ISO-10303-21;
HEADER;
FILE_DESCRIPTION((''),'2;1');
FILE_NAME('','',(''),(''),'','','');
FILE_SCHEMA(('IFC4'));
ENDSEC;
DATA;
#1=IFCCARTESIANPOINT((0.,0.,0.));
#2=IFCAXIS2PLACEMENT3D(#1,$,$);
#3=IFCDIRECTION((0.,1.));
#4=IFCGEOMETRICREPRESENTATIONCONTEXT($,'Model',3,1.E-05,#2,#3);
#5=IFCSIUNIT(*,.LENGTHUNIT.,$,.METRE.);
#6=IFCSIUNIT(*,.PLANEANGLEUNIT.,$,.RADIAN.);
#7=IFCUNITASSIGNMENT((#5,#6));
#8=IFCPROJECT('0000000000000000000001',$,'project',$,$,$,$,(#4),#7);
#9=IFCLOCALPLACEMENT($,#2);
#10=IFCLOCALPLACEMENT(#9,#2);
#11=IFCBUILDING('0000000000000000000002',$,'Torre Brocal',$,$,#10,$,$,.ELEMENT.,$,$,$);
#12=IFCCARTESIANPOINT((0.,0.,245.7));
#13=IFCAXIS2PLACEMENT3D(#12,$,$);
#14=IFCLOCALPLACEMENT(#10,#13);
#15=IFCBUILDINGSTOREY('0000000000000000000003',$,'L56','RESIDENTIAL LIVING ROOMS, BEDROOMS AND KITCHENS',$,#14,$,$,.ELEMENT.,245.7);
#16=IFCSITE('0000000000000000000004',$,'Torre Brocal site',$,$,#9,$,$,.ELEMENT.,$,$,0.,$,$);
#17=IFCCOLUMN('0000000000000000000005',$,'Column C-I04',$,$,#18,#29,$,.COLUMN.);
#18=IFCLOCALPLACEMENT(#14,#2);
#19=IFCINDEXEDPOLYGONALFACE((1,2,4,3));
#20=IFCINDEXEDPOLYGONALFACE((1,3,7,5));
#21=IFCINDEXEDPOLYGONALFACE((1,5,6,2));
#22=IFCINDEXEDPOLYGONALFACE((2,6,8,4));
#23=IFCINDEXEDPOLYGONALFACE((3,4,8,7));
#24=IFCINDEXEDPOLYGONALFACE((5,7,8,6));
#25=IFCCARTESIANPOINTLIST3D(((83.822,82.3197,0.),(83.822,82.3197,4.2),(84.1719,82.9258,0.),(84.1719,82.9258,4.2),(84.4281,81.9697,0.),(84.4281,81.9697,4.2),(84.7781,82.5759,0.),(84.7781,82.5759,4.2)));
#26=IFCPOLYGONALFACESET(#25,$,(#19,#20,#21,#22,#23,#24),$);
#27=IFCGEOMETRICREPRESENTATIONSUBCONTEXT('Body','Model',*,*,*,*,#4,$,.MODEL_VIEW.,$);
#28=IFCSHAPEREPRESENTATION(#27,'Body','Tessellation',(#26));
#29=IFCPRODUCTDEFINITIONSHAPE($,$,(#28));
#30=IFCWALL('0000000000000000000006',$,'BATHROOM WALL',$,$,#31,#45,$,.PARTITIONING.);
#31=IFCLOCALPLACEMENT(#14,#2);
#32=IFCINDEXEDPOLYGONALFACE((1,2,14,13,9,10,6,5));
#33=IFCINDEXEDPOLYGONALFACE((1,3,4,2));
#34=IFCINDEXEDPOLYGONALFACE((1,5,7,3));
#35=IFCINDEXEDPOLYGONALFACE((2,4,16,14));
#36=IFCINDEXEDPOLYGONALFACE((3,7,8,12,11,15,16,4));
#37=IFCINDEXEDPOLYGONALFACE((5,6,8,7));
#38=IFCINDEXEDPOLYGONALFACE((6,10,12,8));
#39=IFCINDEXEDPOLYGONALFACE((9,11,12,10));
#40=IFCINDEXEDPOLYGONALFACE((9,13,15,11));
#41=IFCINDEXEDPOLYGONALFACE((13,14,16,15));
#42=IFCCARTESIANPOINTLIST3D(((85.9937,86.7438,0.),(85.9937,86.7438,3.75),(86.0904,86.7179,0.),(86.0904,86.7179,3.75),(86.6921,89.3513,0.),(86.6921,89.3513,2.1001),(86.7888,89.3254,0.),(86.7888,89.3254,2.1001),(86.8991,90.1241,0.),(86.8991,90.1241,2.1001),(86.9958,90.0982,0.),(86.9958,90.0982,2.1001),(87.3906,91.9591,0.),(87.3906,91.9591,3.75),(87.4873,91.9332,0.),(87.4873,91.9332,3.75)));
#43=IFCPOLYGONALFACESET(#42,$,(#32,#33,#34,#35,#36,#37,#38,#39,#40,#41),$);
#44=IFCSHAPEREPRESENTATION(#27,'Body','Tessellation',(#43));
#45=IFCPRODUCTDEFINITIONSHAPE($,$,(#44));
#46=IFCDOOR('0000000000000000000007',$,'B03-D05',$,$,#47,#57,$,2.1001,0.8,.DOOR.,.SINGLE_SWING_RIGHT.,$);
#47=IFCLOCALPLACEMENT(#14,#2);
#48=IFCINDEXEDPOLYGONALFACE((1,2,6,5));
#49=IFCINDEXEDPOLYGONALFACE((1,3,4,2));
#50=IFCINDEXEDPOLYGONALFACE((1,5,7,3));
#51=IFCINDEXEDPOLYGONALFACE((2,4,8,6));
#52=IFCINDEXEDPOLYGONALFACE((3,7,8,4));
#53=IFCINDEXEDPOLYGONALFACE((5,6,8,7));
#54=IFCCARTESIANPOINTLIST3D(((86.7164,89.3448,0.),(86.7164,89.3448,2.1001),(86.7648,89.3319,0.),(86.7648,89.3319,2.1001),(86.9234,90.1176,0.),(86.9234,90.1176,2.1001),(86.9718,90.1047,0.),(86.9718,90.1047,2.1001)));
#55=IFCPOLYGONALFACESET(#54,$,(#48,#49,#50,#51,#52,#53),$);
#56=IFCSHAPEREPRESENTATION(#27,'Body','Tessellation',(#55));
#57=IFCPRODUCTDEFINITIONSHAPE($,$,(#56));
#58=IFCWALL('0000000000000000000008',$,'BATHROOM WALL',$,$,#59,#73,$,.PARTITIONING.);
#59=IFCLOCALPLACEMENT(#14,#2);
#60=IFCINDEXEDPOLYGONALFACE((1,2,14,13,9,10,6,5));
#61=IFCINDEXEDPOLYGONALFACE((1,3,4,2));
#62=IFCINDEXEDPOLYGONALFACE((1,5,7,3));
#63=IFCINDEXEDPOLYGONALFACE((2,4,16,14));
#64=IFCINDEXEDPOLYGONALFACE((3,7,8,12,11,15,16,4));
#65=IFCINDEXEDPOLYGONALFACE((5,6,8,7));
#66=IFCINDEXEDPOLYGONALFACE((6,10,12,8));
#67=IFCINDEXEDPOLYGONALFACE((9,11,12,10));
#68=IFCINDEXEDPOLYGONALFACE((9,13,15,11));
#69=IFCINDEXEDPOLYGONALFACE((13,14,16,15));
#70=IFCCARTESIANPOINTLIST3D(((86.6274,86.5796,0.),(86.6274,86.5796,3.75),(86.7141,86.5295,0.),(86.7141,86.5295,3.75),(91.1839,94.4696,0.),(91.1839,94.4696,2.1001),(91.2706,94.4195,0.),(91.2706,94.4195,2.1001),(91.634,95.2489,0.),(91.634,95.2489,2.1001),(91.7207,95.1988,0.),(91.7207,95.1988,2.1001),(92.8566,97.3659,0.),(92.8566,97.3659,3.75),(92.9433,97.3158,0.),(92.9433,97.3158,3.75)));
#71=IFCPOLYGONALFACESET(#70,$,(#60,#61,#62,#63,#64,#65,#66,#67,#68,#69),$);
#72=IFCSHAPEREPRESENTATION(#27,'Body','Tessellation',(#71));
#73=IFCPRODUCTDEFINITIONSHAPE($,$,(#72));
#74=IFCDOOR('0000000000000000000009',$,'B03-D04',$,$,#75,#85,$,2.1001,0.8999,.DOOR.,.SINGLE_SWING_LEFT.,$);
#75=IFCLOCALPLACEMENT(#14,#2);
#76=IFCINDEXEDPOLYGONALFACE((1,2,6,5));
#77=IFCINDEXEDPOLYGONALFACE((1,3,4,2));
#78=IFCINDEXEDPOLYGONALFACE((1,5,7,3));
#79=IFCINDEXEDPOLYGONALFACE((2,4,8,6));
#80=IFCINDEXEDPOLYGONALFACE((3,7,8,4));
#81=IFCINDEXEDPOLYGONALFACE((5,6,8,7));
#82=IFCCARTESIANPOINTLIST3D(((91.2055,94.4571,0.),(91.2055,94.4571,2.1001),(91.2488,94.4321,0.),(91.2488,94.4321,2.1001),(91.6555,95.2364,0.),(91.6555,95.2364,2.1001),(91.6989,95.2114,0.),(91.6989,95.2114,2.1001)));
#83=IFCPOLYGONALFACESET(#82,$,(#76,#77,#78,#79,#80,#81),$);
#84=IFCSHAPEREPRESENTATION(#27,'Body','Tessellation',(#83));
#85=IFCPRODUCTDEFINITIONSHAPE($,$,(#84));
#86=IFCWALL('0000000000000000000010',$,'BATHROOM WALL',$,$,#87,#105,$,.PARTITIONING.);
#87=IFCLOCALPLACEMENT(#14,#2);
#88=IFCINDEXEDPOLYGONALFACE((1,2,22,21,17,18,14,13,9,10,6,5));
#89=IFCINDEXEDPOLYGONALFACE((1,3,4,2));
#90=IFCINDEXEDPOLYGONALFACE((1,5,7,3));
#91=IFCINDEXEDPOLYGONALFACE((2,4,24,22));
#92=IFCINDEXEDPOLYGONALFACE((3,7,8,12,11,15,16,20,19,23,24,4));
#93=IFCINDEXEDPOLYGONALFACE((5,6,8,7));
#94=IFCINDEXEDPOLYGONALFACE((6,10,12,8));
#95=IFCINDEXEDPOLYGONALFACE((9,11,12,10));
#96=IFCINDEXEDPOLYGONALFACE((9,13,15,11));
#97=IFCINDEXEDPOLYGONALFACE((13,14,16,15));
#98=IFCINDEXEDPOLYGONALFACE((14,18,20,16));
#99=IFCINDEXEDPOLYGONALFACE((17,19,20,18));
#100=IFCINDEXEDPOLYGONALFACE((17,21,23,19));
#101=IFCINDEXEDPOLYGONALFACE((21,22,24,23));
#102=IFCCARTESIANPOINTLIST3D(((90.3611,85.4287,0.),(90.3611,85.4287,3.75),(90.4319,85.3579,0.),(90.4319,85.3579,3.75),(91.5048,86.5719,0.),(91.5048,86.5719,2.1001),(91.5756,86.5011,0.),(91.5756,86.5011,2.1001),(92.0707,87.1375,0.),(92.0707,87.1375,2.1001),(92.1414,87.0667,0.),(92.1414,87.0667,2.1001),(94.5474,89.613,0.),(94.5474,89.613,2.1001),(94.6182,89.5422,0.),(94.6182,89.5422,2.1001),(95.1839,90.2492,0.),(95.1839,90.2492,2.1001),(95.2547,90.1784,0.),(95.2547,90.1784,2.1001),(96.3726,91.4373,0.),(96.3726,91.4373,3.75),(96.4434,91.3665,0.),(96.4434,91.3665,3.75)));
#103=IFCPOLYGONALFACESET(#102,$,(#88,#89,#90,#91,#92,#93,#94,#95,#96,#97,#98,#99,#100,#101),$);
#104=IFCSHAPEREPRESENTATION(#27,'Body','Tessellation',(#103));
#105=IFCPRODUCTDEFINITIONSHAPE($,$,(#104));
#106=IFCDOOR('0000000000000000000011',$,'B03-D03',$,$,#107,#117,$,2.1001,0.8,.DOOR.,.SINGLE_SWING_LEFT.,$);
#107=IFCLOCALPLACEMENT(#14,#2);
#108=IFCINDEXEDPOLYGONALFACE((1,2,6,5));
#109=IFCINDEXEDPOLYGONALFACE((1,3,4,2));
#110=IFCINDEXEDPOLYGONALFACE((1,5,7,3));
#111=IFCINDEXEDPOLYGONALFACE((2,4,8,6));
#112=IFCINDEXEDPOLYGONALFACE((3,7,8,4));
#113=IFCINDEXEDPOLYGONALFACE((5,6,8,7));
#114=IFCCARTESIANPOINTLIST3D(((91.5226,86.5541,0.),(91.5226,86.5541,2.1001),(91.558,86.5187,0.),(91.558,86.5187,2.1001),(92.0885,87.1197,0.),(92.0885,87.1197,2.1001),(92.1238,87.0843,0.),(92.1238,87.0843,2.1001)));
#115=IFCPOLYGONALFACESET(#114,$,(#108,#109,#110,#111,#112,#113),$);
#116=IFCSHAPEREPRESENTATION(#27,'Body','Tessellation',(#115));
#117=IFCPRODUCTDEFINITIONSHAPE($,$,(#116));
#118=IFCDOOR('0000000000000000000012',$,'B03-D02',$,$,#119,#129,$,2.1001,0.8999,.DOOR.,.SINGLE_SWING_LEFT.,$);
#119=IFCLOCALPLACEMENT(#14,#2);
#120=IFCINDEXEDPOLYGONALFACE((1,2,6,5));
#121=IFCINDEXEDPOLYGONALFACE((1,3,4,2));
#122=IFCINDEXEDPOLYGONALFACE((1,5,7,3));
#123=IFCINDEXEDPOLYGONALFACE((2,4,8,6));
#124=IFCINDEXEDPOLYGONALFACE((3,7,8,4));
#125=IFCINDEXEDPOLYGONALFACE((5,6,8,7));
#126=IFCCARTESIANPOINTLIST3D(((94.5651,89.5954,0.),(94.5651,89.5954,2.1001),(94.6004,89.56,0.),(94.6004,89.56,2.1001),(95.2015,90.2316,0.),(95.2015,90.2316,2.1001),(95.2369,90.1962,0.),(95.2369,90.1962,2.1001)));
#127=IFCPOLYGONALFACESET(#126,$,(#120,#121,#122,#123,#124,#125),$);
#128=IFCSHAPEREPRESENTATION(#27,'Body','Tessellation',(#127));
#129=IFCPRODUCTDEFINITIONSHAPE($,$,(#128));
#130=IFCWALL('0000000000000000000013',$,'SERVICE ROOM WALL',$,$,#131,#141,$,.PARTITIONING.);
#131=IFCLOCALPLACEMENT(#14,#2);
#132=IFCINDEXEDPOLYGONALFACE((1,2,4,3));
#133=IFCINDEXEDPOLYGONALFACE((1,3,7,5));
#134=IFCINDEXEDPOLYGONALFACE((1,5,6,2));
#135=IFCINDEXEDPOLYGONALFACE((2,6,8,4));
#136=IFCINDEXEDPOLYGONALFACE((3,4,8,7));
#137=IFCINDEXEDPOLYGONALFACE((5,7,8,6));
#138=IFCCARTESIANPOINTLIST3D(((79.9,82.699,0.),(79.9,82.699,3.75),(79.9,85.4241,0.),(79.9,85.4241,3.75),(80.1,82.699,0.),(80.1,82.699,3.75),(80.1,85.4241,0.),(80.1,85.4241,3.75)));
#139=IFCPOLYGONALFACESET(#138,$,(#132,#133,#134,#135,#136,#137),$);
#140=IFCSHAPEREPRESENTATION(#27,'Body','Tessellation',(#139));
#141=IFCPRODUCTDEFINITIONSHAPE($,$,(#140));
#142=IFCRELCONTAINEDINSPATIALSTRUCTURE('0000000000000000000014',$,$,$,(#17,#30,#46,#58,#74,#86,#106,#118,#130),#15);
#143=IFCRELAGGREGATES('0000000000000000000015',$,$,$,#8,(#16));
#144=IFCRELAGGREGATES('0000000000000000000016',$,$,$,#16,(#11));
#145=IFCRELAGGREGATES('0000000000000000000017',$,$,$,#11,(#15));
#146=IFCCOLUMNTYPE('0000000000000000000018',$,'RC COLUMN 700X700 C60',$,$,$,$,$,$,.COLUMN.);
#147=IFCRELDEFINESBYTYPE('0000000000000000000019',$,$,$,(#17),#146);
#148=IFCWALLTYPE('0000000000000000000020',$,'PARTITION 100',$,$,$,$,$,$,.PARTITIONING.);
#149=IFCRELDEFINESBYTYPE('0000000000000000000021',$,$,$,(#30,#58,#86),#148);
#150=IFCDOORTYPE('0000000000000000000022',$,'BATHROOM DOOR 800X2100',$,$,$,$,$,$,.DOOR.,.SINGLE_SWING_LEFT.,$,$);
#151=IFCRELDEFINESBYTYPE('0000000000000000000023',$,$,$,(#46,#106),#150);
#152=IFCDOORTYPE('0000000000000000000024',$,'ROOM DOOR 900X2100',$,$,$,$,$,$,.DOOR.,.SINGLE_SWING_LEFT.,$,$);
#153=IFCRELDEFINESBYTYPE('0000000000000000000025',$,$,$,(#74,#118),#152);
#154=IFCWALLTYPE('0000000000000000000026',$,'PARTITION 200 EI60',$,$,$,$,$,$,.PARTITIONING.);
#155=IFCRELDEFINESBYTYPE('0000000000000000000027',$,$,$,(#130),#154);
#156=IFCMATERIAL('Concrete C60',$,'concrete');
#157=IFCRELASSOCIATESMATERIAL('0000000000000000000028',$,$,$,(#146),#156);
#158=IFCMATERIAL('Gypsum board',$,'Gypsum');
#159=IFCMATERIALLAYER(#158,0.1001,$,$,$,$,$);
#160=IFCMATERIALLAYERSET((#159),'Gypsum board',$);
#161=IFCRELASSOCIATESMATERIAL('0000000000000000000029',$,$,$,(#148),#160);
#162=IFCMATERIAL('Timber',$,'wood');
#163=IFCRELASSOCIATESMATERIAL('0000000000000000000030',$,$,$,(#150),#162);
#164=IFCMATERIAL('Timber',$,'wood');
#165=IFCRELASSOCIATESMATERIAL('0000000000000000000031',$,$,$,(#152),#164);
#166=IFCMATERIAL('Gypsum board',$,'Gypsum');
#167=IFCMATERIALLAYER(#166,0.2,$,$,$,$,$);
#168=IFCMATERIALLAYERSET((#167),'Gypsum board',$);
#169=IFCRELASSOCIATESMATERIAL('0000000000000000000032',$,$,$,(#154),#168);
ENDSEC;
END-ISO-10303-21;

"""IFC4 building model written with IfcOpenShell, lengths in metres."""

from ifc_helpers import new_model, si_unit, direction, frame, frame_2d, origin, origin_2d, place, context, subcontext, project, spatial, rectangle, extrude, material, layer, layer_set, material_profile, profile_set, type_object, element, fill, save


model = new_model("IFC4")

# Units and contexts
model_context = context("Model", 3, precision=1e-05, world=origin(), true_north=direction((0.0, 1.0)))
body_context = subcontext(model_context, "Body", "Model", "MODEL_VIEW")
ifc_project = project(units=[si_unit("LENGTHUNIT", "METRE"), si_unit("PLANEANGLEUNIT", "RADIAN")], contexts=[model_context])

# Site, building, storey
site_placement = place(None, origin())
site = spatial("IfcSite", under=ifc_project, at=site_placement, Name="Torre Brocal site", CompositionType="ELEMENT", RefElevation=0.0)
building_placement = place(site_placement, origin())
building = spatial("IfcBuilding", under=site, at=building_placement, Name="Torre Brocal", CompositionType="ELEMENT")
storey_placement = place(building_placement, frame((0.0, 0.0, 245.7)))
storey = spatial("IfcBuildingStorey", under=building, at=storey_placement, Name="L56", Description="RESIDENTIAL LIVING ROOMS, BEDROOMS AND KITCHENS", CompositionType="ELEMENT", Elevation=245.7)

# Column
ifc_material_1 = material(Name="Concrete C60", Category="concrete")
ifc_material_profile = material_profile(ifc_material_1, rectangle(XDim=0.7, YDim=0.7, at=origin_2d()), Name="RC 700X700")
ifc_profile_set = profile_set([ifc_material_profile], Name="Concrete C60")
column_type = type_object("IfcColumnType", Name="RC COLUMN 700X700 C60", PredefinedType="COLUMN", material=ifc_profile_set)
column_placement = place(storey_placement, frame((84.3, 82.4478, 0.0), z_axis=(0.0, 0.0, 1.0), x_axis=(0.5, 0.866025, 0.0)))
element("IfcColumn", 1, at=column_placement, inside=storey, type_object=column_type, Name="Column C-I04", PredefinedType="COLUMN", context=body_context, shape_type="SweptSolid", body=[
    extrude(rectangle(XDim=0.7, YDim=0.7, at=origin_2d()), origin(), (0.0, 0.0, 1.0), 4.2),
])

# Walls, openings, doors
ifc_material_2 = material(Name="Gypsum board", Category="Gypsum")
ifc_layer_1 = layer(ifc_material_2, 0.1001)
ifc_layer_set_1 = layer_set([ifc_layer_1], Name="Gypsum board")
wall_type_1 = type_object("IfcWallType", Name="PARTITION 100", PredefinedType="PARTITIONING", material=ifc_layer_set_1)
wall_1_placement = place(storey_placement, frame((86.042, 86.7307, 0.0), z_axis=(0.0, 0.0, 1.0), x_axis=(0.258738, 0.965948, 0.0)))
wall_1 = element("IfcWall", 2, at=wall_1_placement, inside=storey, type_object=wall_type_1, Name="BATHROOM WALL", PredefinedType="PARTITIONING", context=body_context, shape_type="SweptSolid", body=[
    extrude(rectangle(XDim=5.3992, YDim=0.1001, at=frame_2d((2.6997, 0.0))), origin(), (0.0, 0.0, 1.0), 3.75),
])
opening_1_placement = place(wall_1_placement, frame((2.6997, 0.0, 0.0)))
opening_1 = element("IfcOpeningElement", 3, at=opening_1_placement, cuts=wall_1, PredefinedType="OPENING", context=body_context, shape_type="SweptSolid", body=[
    extrude(rectangle(XDim=0.8, YDim=2.1001, at=frame_2d((0.3999, 1.05))), frame((0.0, 0.0601, 0.0), z_axis=(0.0, -1.0, 0.0), x_axis=(1.0, 0.0, 0.0)), (0.0, 0.0, 1.0), 0.1201),
])
ifc_material_3 = material(Name="Timber", Category="wood")
door_type_1 = type_object("IfcDoorType", Name="BATHROOM DOOR 800X2100", OperationType="SINGLE_SWING_LEFT", PredefinedType="DOOR", material=ifc_material_3)
door_1_placement = place(opening_1_placement, origin())
door_1 = element("IfcDoor", 4, at=door_1_placement, inside=storey, type_object=door_type_1, Name="B03-D05", OperationType="SINGLE_SWING_RIGHT", OverallHeight=2.1001, OverallWidth=0.8, PredefinedType="DOOR", context=body_context, shape_type="SweptSolid", body=[
    extrude(rectangle(XDim=0.8, YDim=2.1001, at=frame_2d((0.3999, 1.05))), frame((0.0, 0.0249, 0.0), z_axis=(0.0, -1.0, 0.0), x_axis=(1.0, 0.0, 0.0)), (0.0, 0.0, 1.0), 0.05),
])
fill(opening_1, door_1)
wall_2_placement = place(storey_placement, frame((86.6707, 86.5544, 0.0), z_axis=(0.0, 0.0, 1.0), x_axis=(0.500104, 0.865965, 0.0)))
wall_2 = element("IfcWall", 5, at=wall_2_placement, inside=storey, type_object=wall_type_1, Name="BATHROOM WALL", PredefinedType="PARTITIONING", context=body_context, shape_type="SweptSolid", body=[
    extrude(rectangle(XDim=12.4558, YDim=0.1001, at=frame_2d((6.228, 0.0))), origin(), (0.0, 0.0, 1.0), 3.75),
])
opening_2_placement = place(wall_2_placement, frame((9.1113, 0.0, 0.0)))
opening_2 = element("IfcOpeningElement", 6, at=opening_2_placement, cuts=wall_2, PredefinedType="OPENING", context=body_context, shape_type="SweptSolid", body=[
    extrude(rectangle(XDim=0.8999, YDim=2.1001, at=frame_2d((0.45, 1.05))), frame((0.0, 0.0601, 0.0), z_axis=(0.0, -1.0, 0.0), x_axis=(1.0, 0.0, 0.0)), (0.0, 0.0, 1.0), 0.1201),
])
ifc_material_4 = material(Name="Timber", Category="wood")
door_type_2 = type_object("IfcDoorType", Name="ROOM DOOR 900X2100", OperationType="SINGLE_SWING_LEFT", PredefinedType="DOOR", material=ifc_material_4)
door_2_placement = place(opening_2_placement, frame((0.8999, 0.0, 0.0), z_axis=(0.0, 0.0, 1.0), x_axis=(-1.0, 0.0, 0.0)))
door_2 = element("IfcDoor", 7, at=door_2_placement, inside=storey, type_object=door_type_2, Name="B03-D04", OperationType="SINGLE_SWING_LEFT", OverallHeight=2.1001, OverallWidth=0.8999, PredefinedType="DOOR", context=body_context, shape_type="SweptSolid", body=[
    extrude(rectangle(XDim=0.8999, YDim=2.1001, at=frame_2d((0.45, 1.05))), frame((0.0, 0.0249, 0.0), z_axis=(0.0, -1.0, 0.0), x_axis=(1.0, 0.0, 0.0)), (0.0, 0.0, 1.0), 0.05),
])
fill(opening_2, door_2)

# Wall, openings, doors
wall_3_placement = place(storey_placement, frame((90.3965, 85.3933, 0.0), z_axis=(0.0, 0.0, 1.0), x_axis=(0.707279, 0.706934, 0.0)))
wall_3 = element("IfcWall", 8, at=wall_3_placement, inside=storey, type_object=wall_type_1, Name="BATHROOM WALL", PredefinedType="PARTITIONING", context=body_context, shape_type="SweptSolid", body=[
    extrude(rectangle(XDim=8.4995, YDim=0.1001, at=frame_2d((4.2498, 0.0))), origin(), (0.0, 0.0, 1.0), 3.75),
])
opening_3_placement = place(wall_3_placement, frame((5.9189, 0.0, 0.0)))
opening_3 = element("IfcOpeningElement", 9, at=opening_3_placement, cuts=wall_3, PredefinedType="OPENING", context=body_context, shape_type="SweptSolid", body=[
    extrude(rectangle(XDim=0.8999, YDim=2.1001, at=frame_2d((0.45, 1.05))), frame((0.0, 0.0601, 0.0), z_axis=(0.0, -1.0, 0.0), x_axis=(1.0, 0.0, 0.0)), (0.0, 0.0, 1.0), 0.1201),
])
opening_4_placement = place(wall_3_placement, frame((1.6172, 0.0, 0.0)))
opening_4 = element("IfcOpeningElement", 10, at=opening_4_placement, cuts=wall_3, PredefinedType="OPENING", context=body_context, shape_type="SweptSolid", body=[
    extrude(rectangle(XDim=0.8, YDim=2.1001, at=frame_2d((0.3999, 1.05))), frame((0.0, 0.0601, 0.0), z_axis=(0.0, -1.0, 0.0), x_axis=(1.0, 0.0, 0.0)), (0.0, 0.0, 1.0), 0.1201),
])
door_3_placement = place(opening_4_placement, origin())
door_3 = element("IfcDoor", 11, at=door_3_placement, inside=storey, type_object=door_type_1, Name="B03-D03", OperationType="SINGLE_SWING_LEFT", OverallHeight=2.1001, OverallWidth=0.8, PredefinedType="DOOR", context=body_context, shape_type="SweptSolid", body=[
    extrude(rectangle(XDim=0.8, YDim=2.1001, at=frame_2d((0.3999, 1.05))), frame((0.0, 0.0249, 0.0), z_axis=(0.0, -1.0, 0.0), x_axis=(1.0, 0.0, 0.0)), (0.0, 0.0, 1.0), 0.05),
])
fill(opening_4, door_3)
door_4_placement = place(opening_3_placement, frame((0.8999, 0.0, 0.0), z_axis=(0.0, 0.0, 1.0), x_axis=(-1.0, 0.0, 0.0)))
door_4 = element("IfcDoor", 12, at=door_4_placement, inside=storey, type_object=door_type_2, Name="B03-D02", OperationType="SINGLE_SWING_LEFT", OverallHeight=2.1001, OverallWidth=0.8999, PredefinedType="DOOR", context=body_context, shape_type="SweptSolid", body=[
    extrude(rectangle(XDim=0.8999, YDim=2.1001, at=frame_2d((0.45, 1.05))), frame((0.0, 0.0249, 0.0), z_axis=(0.0, -1.0, 0.0), x_axis=(1.0, 0.0, 0.0)), (0.0, 0.0, 1.0), 0.05),
])
fill(opening_3, door_4)

# Wall
ifc_material_5 = material(Name="Gypsum board", Category="Gypsum")
ifc_layer_2 = layer(ifc_material_5, 0.2)
ifc_layer_set_2 = layer_set([ifc_layer_2], Name="Gypsum board")
wall_type_2 = type_object("IfcWallType", Name="PARTITION 200 EI60", PredefinedType="PARTITIONING", material=ifc_layer_set_2)
wall_4_placement = place(storey_placement, frame((80.0, 82.699, 0.0), z_axis=(0.0, 0.0, 1.0), x_axis=(0.0, 1.0, 0.0)))
element("IfcWall", 13, at=wall_4_placement, inside=storey, type_object=wall_type_2, Name="SERVICE ROOM WALL", PredefinedType="PARTITIONING", context=body_context, shape_type="SweptSolid", body=[
    extrude(rectangle(XDim=2.7251, YDim=0.2, at=frame_2d((1.3625, 0.0))), origin(), (0.0, 0.0, 1.0), 3.75),
])

save(model, "model.ifc")
